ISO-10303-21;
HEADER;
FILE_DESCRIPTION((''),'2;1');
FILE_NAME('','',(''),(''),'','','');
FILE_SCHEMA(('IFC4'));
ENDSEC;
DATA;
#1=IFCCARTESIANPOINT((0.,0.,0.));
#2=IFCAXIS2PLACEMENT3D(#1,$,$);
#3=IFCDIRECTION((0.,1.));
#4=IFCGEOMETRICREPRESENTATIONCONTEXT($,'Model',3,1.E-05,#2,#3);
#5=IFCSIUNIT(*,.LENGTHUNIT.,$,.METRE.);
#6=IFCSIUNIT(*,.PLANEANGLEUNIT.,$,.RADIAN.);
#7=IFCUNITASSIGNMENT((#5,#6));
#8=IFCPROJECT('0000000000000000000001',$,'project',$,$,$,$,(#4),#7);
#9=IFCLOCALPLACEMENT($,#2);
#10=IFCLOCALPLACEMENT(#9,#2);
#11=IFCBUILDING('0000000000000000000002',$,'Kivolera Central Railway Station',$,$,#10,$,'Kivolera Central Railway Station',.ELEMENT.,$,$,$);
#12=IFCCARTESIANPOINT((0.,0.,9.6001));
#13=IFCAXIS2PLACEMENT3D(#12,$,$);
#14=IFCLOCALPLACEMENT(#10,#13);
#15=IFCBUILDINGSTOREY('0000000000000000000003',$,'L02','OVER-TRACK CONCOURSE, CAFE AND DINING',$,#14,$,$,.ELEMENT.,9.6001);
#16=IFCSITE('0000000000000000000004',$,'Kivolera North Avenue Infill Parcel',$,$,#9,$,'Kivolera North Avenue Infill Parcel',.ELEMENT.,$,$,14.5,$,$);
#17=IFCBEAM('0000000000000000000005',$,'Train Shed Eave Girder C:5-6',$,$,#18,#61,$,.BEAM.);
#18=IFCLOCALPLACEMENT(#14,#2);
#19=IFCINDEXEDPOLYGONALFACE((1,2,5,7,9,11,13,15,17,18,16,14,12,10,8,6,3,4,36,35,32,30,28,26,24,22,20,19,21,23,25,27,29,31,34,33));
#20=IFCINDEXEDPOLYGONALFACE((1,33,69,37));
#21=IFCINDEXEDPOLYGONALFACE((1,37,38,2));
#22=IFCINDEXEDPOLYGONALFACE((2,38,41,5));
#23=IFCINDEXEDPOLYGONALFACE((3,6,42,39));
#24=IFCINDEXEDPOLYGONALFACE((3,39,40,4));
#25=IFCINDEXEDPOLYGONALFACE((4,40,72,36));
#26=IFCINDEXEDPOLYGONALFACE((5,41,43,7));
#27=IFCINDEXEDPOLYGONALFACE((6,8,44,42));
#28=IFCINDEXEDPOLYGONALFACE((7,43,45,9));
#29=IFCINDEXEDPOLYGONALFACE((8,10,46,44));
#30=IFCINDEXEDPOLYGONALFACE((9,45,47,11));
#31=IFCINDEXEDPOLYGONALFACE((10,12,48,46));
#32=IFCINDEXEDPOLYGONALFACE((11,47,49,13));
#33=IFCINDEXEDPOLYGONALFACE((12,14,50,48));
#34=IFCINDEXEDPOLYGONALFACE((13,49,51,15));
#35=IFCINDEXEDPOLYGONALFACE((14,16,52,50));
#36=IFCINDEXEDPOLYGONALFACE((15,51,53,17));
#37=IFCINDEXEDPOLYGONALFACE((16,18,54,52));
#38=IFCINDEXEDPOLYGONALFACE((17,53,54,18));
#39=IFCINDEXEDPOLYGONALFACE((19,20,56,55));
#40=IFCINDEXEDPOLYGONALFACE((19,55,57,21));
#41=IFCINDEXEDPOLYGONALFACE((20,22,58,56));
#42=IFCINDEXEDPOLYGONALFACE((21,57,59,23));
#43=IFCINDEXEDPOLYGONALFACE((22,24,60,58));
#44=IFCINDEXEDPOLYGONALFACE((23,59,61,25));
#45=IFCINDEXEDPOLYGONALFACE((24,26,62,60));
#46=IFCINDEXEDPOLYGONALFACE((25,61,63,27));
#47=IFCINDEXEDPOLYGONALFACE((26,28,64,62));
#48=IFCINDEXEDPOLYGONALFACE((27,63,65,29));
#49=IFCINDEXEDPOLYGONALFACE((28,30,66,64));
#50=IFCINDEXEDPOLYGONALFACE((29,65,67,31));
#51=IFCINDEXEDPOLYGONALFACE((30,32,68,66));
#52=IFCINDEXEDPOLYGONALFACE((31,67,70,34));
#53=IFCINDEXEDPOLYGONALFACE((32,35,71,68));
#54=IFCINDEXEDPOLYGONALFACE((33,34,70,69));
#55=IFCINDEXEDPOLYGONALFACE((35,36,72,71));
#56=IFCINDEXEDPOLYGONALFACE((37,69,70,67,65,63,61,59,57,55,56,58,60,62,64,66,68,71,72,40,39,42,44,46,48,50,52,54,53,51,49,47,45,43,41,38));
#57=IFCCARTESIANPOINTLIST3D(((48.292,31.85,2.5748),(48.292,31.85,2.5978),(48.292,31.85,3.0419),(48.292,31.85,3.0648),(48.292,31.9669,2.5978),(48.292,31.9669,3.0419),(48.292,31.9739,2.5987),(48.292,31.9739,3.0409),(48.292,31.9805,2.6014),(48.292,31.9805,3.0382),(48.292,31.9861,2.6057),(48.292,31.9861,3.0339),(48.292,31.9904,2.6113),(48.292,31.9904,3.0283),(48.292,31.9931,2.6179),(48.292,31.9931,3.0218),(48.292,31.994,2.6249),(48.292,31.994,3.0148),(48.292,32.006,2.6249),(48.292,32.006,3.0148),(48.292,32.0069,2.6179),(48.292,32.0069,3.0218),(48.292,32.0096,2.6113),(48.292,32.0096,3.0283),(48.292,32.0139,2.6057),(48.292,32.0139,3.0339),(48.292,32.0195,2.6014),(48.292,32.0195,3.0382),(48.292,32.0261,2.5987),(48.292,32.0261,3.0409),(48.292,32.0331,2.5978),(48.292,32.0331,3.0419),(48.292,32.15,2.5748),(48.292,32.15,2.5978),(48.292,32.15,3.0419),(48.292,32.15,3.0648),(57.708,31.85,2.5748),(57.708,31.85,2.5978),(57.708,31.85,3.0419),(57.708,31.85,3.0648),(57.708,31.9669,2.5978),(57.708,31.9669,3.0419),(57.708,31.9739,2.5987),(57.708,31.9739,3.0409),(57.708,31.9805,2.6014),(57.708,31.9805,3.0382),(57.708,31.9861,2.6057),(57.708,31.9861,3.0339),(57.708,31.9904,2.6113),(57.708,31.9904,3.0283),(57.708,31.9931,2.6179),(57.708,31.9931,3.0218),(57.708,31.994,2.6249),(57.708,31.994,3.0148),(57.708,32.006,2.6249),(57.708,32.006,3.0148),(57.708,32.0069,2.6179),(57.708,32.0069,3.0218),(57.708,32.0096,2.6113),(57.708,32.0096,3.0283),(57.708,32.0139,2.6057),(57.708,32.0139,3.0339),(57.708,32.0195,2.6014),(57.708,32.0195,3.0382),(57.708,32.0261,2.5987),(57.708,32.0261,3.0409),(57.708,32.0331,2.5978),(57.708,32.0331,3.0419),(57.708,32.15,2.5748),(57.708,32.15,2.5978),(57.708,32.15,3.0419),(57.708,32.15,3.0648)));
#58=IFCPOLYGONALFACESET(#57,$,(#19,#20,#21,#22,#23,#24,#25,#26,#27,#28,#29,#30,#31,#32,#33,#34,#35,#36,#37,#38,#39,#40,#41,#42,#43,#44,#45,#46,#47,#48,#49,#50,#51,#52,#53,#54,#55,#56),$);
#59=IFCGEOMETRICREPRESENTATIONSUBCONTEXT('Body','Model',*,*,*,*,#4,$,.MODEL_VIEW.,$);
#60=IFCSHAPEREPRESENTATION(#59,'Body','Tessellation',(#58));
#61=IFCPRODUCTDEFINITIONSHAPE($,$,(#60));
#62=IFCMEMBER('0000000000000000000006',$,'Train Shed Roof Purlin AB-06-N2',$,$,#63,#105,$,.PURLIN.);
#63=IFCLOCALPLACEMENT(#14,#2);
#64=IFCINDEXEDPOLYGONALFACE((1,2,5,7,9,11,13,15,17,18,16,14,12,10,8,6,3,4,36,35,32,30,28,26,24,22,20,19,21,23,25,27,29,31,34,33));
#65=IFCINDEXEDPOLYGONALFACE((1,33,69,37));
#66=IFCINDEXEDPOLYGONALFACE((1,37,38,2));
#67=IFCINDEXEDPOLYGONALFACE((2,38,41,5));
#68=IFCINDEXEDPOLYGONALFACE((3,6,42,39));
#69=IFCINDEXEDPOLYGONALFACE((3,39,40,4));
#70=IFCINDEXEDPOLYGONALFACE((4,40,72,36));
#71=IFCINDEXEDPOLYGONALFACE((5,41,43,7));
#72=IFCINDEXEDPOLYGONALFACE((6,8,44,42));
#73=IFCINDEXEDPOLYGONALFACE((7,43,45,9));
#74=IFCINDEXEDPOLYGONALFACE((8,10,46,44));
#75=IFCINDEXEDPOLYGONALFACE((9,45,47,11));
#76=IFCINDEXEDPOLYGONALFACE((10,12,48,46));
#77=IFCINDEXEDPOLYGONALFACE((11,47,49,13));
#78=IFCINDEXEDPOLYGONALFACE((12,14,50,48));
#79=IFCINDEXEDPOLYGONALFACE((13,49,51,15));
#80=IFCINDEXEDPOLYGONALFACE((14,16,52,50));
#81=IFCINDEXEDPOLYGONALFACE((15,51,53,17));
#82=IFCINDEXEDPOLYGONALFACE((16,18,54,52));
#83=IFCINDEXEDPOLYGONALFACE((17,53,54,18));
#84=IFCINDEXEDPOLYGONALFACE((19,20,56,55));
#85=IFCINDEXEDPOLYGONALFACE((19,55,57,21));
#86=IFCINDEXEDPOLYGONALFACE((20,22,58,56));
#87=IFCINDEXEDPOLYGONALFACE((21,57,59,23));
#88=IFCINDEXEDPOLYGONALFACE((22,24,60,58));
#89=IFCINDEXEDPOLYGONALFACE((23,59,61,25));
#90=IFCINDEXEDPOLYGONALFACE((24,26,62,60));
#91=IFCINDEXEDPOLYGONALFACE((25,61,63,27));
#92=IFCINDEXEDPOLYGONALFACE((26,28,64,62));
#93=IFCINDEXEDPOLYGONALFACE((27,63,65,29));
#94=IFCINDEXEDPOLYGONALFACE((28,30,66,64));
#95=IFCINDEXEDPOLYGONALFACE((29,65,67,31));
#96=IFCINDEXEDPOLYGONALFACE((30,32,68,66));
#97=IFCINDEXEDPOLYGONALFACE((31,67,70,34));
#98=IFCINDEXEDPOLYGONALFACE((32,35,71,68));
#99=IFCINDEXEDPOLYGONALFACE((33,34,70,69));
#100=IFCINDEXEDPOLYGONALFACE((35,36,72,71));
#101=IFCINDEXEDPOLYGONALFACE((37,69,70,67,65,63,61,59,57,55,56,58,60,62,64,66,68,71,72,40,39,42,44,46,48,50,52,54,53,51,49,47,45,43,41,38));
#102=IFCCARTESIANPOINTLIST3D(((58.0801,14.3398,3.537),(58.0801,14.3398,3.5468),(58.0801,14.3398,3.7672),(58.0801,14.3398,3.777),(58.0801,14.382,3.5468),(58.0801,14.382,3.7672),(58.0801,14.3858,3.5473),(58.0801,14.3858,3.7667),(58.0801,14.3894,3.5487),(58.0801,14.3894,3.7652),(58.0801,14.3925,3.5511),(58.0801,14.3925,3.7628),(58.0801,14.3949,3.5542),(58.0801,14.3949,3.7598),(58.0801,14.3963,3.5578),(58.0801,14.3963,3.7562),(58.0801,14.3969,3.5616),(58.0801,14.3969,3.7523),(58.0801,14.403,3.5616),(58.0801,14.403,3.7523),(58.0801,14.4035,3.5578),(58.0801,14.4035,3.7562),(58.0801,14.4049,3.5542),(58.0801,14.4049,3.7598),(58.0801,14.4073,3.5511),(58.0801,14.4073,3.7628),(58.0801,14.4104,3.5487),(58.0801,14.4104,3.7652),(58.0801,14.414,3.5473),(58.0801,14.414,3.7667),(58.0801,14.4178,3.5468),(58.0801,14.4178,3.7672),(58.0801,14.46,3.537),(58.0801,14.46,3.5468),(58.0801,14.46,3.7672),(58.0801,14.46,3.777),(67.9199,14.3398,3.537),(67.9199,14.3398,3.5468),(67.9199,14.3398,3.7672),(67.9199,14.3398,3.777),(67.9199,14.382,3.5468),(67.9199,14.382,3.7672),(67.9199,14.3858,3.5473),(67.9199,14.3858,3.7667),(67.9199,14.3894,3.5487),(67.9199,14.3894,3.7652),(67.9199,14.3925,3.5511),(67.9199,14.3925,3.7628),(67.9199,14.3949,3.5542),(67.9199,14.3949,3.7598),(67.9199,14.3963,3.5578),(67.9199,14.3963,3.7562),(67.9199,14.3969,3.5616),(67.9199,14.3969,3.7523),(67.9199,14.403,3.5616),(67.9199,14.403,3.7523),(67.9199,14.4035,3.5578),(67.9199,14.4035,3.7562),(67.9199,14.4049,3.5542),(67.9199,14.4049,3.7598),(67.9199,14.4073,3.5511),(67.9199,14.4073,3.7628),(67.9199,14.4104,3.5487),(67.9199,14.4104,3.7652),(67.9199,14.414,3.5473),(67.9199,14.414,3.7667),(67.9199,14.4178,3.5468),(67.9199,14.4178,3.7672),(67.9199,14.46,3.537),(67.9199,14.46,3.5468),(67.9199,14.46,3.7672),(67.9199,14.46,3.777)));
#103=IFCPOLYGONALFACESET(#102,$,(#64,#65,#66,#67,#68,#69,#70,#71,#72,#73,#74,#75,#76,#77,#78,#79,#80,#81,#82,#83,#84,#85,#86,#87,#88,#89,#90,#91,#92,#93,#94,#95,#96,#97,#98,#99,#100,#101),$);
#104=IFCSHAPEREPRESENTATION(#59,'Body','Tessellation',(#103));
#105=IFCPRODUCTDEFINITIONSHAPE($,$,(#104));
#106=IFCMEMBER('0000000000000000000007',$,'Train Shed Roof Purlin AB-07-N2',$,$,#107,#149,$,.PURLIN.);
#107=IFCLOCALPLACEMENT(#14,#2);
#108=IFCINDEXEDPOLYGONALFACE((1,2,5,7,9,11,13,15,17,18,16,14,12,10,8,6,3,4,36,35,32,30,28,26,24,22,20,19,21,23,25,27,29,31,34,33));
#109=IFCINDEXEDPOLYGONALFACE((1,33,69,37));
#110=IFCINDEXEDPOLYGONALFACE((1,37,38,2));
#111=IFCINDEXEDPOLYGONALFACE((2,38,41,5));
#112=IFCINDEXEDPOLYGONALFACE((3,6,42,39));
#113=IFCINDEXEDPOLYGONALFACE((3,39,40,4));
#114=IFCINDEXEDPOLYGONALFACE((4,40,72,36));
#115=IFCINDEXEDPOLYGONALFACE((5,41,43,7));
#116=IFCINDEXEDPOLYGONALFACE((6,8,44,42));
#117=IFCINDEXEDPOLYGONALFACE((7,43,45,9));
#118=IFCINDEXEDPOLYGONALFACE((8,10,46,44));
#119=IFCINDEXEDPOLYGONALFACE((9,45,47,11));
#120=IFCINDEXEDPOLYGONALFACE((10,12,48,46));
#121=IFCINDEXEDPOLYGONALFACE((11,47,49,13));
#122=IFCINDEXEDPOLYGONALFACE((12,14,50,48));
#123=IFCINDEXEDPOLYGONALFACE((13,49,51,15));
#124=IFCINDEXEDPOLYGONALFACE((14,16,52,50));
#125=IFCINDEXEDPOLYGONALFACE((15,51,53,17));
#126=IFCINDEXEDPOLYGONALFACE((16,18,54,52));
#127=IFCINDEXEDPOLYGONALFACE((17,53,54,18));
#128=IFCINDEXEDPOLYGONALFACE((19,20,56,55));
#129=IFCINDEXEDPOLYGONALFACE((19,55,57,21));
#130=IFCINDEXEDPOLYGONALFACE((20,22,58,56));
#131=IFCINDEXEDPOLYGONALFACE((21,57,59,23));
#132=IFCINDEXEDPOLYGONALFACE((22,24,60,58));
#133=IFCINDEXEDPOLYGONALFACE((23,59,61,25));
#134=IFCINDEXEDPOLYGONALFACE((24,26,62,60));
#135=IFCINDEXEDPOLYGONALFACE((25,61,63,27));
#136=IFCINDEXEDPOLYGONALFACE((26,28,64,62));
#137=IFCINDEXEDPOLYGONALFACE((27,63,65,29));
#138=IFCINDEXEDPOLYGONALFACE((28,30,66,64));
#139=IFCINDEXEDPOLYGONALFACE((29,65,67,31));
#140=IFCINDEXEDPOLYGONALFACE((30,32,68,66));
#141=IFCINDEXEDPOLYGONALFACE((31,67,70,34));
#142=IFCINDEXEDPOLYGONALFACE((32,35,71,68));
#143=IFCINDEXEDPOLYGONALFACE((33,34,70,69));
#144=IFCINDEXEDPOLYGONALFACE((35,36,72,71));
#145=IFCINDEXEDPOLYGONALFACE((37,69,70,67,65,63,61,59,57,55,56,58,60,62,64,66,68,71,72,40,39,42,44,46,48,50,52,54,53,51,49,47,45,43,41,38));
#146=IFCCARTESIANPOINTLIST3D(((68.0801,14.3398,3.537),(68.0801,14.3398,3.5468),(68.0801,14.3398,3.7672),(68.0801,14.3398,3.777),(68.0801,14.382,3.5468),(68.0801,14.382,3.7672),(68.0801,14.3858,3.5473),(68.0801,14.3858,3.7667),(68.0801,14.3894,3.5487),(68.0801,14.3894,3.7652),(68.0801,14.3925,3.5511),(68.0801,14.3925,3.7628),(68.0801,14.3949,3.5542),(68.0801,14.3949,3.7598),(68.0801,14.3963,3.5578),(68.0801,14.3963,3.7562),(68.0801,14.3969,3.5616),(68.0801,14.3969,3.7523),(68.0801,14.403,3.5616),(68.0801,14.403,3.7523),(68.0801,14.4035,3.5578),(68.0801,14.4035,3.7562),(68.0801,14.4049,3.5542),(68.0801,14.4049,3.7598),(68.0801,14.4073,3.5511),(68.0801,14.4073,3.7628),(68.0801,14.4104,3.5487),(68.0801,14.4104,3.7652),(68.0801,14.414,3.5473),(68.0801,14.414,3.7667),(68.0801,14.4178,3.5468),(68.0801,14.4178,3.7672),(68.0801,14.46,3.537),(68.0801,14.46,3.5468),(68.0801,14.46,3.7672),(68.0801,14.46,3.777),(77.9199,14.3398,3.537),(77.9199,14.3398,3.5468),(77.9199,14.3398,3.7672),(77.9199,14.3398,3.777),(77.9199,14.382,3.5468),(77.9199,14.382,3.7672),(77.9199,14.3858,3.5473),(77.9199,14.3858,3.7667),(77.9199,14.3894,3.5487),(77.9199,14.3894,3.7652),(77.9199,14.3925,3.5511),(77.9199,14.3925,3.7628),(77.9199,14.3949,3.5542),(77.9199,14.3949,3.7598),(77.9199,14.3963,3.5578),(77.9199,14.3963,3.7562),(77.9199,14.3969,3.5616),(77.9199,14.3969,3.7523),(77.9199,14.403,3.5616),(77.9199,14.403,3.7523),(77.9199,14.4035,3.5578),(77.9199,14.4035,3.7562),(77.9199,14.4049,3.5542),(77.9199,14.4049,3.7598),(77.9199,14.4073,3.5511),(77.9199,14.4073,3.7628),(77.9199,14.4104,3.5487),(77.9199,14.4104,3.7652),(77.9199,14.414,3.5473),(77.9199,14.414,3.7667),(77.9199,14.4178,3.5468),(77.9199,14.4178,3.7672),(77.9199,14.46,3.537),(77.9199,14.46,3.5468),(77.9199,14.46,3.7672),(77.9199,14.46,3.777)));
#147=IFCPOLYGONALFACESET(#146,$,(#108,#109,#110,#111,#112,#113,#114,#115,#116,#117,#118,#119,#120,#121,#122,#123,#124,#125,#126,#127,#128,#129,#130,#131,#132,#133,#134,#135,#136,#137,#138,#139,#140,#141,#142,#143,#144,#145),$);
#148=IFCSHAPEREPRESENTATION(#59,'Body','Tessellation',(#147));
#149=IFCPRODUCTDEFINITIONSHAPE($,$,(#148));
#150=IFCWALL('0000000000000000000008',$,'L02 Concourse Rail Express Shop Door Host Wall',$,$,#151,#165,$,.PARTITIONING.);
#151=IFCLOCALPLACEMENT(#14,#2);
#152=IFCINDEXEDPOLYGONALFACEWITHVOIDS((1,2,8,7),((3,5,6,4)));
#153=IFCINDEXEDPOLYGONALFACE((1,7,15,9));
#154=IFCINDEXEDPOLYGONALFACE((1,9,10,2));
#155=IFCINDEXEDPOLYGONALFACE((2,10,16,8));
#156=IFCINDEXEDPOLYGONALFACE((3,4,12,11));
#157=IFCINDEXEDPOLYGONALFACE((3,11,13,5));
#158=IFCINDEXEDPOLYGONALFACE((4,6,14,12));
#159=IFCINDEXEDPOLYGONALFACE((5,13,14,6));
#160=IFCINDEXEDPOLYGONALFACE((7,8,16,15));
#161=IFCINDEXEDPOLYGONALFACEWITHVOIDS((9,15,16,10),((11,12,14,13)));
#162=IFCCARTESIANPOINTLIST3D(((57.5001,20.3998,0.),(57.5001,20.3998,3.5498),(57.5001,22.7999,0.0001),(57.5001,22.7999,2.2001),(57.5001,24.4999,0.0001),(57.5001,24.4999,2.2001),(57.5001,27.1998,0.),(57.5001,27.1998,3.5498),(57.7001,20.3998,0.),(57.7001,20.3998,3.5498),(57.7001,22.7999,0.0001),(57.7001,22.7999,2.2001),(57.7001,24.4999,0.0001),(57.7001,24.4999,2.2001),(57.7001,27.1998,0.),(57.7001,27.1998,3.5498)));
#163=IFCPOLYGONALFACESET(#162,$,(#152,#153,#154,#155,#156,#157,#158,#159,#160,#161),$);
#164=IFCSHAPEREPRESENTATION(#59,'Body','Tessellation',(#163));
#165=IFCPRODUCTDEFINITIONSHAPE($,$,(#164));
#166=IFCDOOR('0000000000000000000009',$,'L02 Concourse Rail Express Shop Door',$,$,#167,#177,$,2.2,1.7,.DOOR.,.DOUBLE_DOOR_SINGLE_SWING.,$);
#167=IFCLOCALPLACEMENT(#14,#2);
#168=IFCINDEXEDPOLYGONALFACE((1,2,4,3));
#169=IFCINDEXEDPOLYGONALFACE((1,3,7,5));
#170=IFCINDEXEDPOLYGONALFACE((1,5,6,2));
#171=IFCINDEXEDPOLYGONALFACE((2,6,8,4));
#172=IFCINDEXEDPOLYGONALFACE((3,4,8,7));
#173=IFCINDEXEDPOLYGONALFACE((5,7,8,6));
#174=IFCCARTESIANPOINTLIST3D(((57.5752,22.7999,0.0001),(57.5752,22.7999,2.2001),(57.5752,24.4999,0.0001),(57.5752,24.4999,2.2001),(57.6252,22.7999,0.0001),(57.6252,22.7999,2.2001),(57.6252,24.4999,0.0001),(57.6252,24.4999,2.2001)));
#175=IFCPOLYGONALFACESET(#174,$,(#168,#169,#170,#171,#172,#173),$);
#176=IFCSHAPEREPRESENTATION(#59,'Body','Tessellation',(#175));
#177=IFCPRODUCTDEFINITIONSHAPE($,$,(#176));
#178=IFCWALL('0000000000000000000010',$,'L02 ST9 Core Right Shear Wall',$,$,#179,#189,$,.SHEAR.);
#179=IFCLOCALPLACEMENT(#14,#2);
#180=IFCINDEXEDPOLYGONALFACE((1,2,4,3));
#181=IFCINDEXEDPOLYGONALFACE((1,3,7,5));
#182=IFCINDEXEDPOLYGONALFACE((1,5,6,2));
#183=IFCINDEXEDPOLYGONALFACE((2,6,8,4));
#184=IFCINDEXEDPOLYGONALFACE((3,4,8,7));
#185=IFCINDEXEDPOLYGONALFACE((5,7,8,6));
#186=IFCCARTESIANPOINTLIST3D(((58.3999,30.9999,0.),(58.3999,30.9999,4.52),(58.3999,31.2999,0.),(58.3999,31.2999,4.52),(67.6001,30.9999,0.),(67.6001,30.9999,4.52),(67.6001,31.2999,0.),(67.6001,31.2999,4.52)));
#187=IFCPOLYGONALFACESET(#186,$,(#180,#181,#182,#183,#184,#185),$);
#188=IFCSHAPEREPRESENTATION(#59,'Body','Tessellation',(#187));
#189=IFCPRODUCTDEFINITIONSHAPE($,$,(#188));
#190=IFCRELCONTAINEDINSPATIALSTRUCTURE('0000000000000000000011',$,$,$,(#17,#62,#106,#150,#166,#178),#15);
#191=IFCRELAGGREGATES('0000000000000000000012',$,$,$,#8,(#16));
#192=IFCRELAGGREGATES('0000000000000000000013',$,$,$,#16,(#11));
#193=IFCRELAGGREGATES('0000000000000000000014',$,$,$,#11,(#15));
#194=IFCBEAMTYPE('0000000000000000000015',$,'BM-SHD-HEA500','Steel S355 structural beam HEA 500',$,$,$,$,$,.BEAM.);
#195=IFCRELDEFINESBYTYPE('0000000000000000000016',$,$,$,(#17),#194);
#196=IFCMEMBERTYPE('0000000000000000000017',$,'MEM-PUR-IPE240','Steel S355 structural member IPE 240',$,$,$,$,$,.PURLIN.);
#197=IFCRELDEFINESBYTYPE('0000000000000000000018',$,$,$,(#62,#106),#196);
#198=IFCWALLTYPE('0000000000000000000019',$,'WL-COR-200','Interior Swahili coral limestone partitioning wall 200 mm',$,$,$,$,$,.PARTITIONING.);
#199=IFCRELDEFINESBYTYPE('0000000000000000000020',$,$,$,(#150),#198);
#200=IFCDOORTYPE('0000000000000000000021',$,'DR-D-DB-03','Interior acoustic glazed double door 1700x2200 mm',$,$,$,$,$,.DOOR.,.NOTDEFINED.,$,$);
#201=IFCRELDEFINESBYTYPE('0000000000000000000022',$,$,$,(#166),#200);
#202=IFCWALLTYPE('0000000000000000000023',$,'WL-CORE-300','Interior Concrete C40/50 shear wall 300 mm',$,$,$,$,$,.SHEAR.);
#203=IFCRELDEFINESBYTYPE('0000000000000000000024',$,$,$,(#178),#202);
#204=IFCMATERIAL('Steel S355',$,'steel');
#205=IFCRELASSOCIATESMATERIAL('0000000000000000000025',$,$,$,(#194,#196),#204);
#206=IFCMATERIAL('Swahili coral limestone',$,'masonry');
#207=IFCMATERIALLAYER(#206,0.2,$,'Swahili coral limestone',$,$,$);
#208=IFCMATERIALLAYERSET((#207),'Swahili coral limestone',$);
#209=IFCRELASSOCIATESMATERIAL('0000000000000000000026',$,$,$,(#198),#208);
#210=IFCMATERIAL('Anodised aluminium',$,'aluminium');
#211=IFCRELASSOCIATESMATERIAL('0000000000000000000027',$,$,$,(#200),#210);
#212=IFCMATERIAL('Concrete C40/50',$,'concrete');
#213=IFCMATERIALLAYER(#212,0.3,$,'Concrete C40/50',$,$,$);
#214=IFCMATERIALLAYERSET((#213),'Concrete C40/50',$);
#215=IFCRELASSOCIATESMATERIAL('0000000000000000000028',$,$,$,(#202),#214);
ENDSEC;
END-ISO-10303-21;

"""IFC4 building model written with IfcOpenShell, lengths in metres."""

from ifc_helpers import new_model, si_unit, direction, frame, frame_2d, origin, origin_2d, place, context, subcontext, project, spatial, rectangle, i_section, extrude, material, layer, layer_set, material_profile, profile_set, type_object, element, fill, save


model = new_model("IFC4")

# Units and contexts
model_context = context("Model", 3, precision=1e-05, world=origin(), true_north=direction((0.0, 1.0)))
body_context = subcontext(model_context, "Body", "Model", "MODEL_VIEW")
ifc_project = project(units=[si_unit("LENGTHUNIT", "METRE"), si_unit("PLANEANGLEUNIT", "RADIAN")], contexts=[model_context])

# Site, building, storey
site_placement = place(None, origin())
site = spatial("IfcSite", under=ifc_project, at=site_placement, Name="Kivolera North Avenue Infill Parcel", LongName="Kivolera North Avenue Infill Parcel", CompositionType="ELEMENT", RefElevation=14.5)
building_placement = place(site_placement, origin())
building = spatial("IfcBuilding", under=site, at=building_placement, Name="Kivolera Central Railway Station", LongName="Kivolera Central Railway Station", CompositionType="ELEMENT")
storey_placement = place(building_placement, frame((0.0, 0.0, 9.6001)))
storey = spatial("IfcBuildingStorey", under=building, at=storey_placement, Name="L02", Description="OVER-TRACK CONCOURSE, CAFE AND DINING", CompositionType="ELEMENT", Elevation=9.6001)

# Shared definitions
ifc_material_1 = material(Name="Concrete C40/50", Category="concrete")

# Beam
ifc_material_2 = material(Name="Steel S355", Category="steel")
ifc_material_profile_1 = material_profile(ifc_material_2, i_section(OverallWidth=0.3, OverallDepth=0.49, WebThickness=0.012, FlangeThickness=0.0229, FilletRadius=0.0271, at=origin_2d()), Name="HEA 500")
ifc_profile_set_1 = profile_set([ifc_material_profile_1], Name="Steel S355")
beam_type_1 = type_object("IfcBeamType", Name="BM-SHD-HEA500", Description="Steel S355 structural beam HEA 500", PredefinedType="BEAM", material=ifc_profile_set_1)
for number, where, z_axis, x_axis, name in (
    (1, (48.292, 32.0, 2.8198), (1.0, 0.0, 0.0), (0.0, 1.0, 0.0), "Train Shed Eave Girder C:5-6"),
):
    element("IfcBeam", number, at=place(storey_placement, frame(where, z_axis=z_axis, x_axis=x_axis)), inside=storey, type_object=beam_type_1, Name=name, PredefinedType="BEAM", context=body_context, shape_type="SweptSolid", body=[
        extrude(i_section(OverallWidth=0.3, OverallDepth=0.49, WebThickness=0.012, FlangeThickness=0.0229, FilletRadius=0.0271, at=origin_2d()), origin(), (0.0, 0.0, 1.0), 9.416),
    ])

# Members
ifc_material_profile_2 = material_profile(ifc_material_2, i_section(OverallWidth=0.1201, OverallDepth=0.24, WebThickness=0.0061, FlangeThickness=0.0098, FilletRadius=0.0149, at=origin_2d()), Name="IPE 240")
ifc_profile_set_2 = profile_set([ifc_material_profile_2], Name="Steel S355")
member_type = type_object("IfcMemberType", Name="MEM-PUR-IPE240", Description="Steel S355 structural member IPE 240", PredefinedType="PURLIN", material=ifc_profile_set_2)
for number, where, z_axis, x_axis, name in (
    (2, (58.0801, 14.3999, 3.657), (1.0, 0.0, 0.0), (0.0, 1.0, 0.0), "Train Shed Roof Purlin AB-06-N2"),
    (3, (68.0801, 14.3999, 3.657), (1.0, 0.0, 0.0), (0.0, 1.0, 0.0), "Train Shed Roof Purlin AB-07-N2"),
):
    element("IfcMember", number, at=place(storey_placement, frame(where, z_axis=z_axis, x_axis=x_axis)), inside=storey, type_object=member_type, Name=name, PredefinedType="PURLIN", context=body_context, shape_type="SweptSolid", body=[
        extrude(i_section(OverallWidth=0.1201, OverallDepth=0.24, WebThickness=0.0061, FlangeThickness=0.0098, FilletRadius=0.0149, at=origin_2d()), origin(), (0.0, 0.0, 1.0), 9.8398),
    ])

# Wall, opening, door
ifc_material_3 = material(Name="Swahili coral limestone", Category="masonry")
ifc_layer_1 = layer(ifc_material_3, 0.2, Name="Swahili coral limestone")
ifc_layer_set_1 = layer_set([ifc_layer_1], Name="Swahili coral limestone")
wall_type_1 = type_object("IfcWallType", Name="WL-COR-200", Description="Interior Swahili coral limestone partitioning wall 200 mm", PredefinedType="PARTITIONING", material=ifc_layer_set_1)
wall_1_placement = place(storey_placement, frame((57.6001, 20.3999, 0.0), z_axis=(0.0, 0.0, 1.0), x_axis=(0.0, 1.0, 0.0)))
wall_1 = element("IfcWall", 4, at=wall_1_placement, inside=storey, type_object=wall_type_1, Name="L02 Concourse Rail Express Shop Door Host Wall", PredefinedType="PARTITIONING", context=body_context, shape_type="SweptSolid", body=[
    extrude(rectangle(XDim=6.8, YDim=0.2, at=frame_2d((3.3999, 0.0))), origin(), (0.0, 0.0, 1.0), 3.5498),
])
opening_1_placement = place(wall_1_placement, frame((2.3999, 0.0, 0.0)))
opening_1 = element("IfcOpeningElement", 5, at=opening_1_placement, cuts=wall_1, PredefinedType="OPENING", context=body_context, shape_type="SweptSolid", body=[
    extrude(rectangle(XDim=1.7, YDim=2.2, at=frame_2d((0.8501, 1.1001))), frame((0.0, 0.1099, 0.0), z_axis=(0.0, -1.0, 0.0), x_axis=(1.0, 0.0, 0.0)), (0.0, 0.0, 1.0), 0.22),
])
ifc_material_4 = material(Name="Anodised aluminium", Category="aluminium")
door_type_1 = type_object("IfcDoorType", Name="DR-D-DB-03", Description="Interior acoustic glazed double door 1700x2200 mm", OperationType="NOTDEFINED", PredefinedType="DOOR", material=ifc_material_4)
door_1_placement = place(opening_1_placement, origin())
door_1 = element("IfcDoor", 6, at=door_1_placement, inside=storey, type_object=door_type_1, Name="L02 Concourse Rail Express Shop Door", OperationType="DOUBLE_DOOR_SINGLE_SWING", OverallHeight=2.2, OverallWidth=1.7, PredefinedType="DOOR", context=body_context, shape_type="SweptSolid", body=[
    extrude(rectangle(XDim=1.7, YDim=2.2, at=frame_2d((0.8501, 1.1001))), frame((0.0, 0.0249, 0.0), z_axis=(0.0, -1.0, 0.0), x_axis=(1.0, 0.0, 0.0)), (0.0, 0.0, 1.0), 0.05),
])
fill(opening_1, door_1)

# Wall
ifc_layer_2 = layer(ifc_material_1, 0.3, Name="Concrete C40/50")
ifc_layer_set_2 = layer_set([ifc_layer_2], Name="Concrete C40/50")
wall_type_2 = type_object("IfcWallType", Name="WL-CORE-300", Description="Interior Concrete C40/50 shear wall 300 mm", PredefinedType="SHEAR", material=ifc_layer_set_2)
wall_2_placement = place(storey_placement, frame((67.6001, 31.1499, 0.0), z_axis=(0.0, 0.0, 1.0), x_axis=(-1.0, 0.0, 0.0)))
element("IfcWall", 7, at=wall_2_placement, inside=storey, type_object=wall_type_2, Name="L02 ST9 Core Right Shear Wall", PredefinedType="SHEAR", context=body_context, shape_type="SweptSolid", body=[
    extrude(rectangle(XDim=9.2002, YDim=0.3, at=frame_2d((4.6001, 0.0))), origin(), (0.0, 0.0, 1.0), 4.52),
])

save(model, "model.ifc")
